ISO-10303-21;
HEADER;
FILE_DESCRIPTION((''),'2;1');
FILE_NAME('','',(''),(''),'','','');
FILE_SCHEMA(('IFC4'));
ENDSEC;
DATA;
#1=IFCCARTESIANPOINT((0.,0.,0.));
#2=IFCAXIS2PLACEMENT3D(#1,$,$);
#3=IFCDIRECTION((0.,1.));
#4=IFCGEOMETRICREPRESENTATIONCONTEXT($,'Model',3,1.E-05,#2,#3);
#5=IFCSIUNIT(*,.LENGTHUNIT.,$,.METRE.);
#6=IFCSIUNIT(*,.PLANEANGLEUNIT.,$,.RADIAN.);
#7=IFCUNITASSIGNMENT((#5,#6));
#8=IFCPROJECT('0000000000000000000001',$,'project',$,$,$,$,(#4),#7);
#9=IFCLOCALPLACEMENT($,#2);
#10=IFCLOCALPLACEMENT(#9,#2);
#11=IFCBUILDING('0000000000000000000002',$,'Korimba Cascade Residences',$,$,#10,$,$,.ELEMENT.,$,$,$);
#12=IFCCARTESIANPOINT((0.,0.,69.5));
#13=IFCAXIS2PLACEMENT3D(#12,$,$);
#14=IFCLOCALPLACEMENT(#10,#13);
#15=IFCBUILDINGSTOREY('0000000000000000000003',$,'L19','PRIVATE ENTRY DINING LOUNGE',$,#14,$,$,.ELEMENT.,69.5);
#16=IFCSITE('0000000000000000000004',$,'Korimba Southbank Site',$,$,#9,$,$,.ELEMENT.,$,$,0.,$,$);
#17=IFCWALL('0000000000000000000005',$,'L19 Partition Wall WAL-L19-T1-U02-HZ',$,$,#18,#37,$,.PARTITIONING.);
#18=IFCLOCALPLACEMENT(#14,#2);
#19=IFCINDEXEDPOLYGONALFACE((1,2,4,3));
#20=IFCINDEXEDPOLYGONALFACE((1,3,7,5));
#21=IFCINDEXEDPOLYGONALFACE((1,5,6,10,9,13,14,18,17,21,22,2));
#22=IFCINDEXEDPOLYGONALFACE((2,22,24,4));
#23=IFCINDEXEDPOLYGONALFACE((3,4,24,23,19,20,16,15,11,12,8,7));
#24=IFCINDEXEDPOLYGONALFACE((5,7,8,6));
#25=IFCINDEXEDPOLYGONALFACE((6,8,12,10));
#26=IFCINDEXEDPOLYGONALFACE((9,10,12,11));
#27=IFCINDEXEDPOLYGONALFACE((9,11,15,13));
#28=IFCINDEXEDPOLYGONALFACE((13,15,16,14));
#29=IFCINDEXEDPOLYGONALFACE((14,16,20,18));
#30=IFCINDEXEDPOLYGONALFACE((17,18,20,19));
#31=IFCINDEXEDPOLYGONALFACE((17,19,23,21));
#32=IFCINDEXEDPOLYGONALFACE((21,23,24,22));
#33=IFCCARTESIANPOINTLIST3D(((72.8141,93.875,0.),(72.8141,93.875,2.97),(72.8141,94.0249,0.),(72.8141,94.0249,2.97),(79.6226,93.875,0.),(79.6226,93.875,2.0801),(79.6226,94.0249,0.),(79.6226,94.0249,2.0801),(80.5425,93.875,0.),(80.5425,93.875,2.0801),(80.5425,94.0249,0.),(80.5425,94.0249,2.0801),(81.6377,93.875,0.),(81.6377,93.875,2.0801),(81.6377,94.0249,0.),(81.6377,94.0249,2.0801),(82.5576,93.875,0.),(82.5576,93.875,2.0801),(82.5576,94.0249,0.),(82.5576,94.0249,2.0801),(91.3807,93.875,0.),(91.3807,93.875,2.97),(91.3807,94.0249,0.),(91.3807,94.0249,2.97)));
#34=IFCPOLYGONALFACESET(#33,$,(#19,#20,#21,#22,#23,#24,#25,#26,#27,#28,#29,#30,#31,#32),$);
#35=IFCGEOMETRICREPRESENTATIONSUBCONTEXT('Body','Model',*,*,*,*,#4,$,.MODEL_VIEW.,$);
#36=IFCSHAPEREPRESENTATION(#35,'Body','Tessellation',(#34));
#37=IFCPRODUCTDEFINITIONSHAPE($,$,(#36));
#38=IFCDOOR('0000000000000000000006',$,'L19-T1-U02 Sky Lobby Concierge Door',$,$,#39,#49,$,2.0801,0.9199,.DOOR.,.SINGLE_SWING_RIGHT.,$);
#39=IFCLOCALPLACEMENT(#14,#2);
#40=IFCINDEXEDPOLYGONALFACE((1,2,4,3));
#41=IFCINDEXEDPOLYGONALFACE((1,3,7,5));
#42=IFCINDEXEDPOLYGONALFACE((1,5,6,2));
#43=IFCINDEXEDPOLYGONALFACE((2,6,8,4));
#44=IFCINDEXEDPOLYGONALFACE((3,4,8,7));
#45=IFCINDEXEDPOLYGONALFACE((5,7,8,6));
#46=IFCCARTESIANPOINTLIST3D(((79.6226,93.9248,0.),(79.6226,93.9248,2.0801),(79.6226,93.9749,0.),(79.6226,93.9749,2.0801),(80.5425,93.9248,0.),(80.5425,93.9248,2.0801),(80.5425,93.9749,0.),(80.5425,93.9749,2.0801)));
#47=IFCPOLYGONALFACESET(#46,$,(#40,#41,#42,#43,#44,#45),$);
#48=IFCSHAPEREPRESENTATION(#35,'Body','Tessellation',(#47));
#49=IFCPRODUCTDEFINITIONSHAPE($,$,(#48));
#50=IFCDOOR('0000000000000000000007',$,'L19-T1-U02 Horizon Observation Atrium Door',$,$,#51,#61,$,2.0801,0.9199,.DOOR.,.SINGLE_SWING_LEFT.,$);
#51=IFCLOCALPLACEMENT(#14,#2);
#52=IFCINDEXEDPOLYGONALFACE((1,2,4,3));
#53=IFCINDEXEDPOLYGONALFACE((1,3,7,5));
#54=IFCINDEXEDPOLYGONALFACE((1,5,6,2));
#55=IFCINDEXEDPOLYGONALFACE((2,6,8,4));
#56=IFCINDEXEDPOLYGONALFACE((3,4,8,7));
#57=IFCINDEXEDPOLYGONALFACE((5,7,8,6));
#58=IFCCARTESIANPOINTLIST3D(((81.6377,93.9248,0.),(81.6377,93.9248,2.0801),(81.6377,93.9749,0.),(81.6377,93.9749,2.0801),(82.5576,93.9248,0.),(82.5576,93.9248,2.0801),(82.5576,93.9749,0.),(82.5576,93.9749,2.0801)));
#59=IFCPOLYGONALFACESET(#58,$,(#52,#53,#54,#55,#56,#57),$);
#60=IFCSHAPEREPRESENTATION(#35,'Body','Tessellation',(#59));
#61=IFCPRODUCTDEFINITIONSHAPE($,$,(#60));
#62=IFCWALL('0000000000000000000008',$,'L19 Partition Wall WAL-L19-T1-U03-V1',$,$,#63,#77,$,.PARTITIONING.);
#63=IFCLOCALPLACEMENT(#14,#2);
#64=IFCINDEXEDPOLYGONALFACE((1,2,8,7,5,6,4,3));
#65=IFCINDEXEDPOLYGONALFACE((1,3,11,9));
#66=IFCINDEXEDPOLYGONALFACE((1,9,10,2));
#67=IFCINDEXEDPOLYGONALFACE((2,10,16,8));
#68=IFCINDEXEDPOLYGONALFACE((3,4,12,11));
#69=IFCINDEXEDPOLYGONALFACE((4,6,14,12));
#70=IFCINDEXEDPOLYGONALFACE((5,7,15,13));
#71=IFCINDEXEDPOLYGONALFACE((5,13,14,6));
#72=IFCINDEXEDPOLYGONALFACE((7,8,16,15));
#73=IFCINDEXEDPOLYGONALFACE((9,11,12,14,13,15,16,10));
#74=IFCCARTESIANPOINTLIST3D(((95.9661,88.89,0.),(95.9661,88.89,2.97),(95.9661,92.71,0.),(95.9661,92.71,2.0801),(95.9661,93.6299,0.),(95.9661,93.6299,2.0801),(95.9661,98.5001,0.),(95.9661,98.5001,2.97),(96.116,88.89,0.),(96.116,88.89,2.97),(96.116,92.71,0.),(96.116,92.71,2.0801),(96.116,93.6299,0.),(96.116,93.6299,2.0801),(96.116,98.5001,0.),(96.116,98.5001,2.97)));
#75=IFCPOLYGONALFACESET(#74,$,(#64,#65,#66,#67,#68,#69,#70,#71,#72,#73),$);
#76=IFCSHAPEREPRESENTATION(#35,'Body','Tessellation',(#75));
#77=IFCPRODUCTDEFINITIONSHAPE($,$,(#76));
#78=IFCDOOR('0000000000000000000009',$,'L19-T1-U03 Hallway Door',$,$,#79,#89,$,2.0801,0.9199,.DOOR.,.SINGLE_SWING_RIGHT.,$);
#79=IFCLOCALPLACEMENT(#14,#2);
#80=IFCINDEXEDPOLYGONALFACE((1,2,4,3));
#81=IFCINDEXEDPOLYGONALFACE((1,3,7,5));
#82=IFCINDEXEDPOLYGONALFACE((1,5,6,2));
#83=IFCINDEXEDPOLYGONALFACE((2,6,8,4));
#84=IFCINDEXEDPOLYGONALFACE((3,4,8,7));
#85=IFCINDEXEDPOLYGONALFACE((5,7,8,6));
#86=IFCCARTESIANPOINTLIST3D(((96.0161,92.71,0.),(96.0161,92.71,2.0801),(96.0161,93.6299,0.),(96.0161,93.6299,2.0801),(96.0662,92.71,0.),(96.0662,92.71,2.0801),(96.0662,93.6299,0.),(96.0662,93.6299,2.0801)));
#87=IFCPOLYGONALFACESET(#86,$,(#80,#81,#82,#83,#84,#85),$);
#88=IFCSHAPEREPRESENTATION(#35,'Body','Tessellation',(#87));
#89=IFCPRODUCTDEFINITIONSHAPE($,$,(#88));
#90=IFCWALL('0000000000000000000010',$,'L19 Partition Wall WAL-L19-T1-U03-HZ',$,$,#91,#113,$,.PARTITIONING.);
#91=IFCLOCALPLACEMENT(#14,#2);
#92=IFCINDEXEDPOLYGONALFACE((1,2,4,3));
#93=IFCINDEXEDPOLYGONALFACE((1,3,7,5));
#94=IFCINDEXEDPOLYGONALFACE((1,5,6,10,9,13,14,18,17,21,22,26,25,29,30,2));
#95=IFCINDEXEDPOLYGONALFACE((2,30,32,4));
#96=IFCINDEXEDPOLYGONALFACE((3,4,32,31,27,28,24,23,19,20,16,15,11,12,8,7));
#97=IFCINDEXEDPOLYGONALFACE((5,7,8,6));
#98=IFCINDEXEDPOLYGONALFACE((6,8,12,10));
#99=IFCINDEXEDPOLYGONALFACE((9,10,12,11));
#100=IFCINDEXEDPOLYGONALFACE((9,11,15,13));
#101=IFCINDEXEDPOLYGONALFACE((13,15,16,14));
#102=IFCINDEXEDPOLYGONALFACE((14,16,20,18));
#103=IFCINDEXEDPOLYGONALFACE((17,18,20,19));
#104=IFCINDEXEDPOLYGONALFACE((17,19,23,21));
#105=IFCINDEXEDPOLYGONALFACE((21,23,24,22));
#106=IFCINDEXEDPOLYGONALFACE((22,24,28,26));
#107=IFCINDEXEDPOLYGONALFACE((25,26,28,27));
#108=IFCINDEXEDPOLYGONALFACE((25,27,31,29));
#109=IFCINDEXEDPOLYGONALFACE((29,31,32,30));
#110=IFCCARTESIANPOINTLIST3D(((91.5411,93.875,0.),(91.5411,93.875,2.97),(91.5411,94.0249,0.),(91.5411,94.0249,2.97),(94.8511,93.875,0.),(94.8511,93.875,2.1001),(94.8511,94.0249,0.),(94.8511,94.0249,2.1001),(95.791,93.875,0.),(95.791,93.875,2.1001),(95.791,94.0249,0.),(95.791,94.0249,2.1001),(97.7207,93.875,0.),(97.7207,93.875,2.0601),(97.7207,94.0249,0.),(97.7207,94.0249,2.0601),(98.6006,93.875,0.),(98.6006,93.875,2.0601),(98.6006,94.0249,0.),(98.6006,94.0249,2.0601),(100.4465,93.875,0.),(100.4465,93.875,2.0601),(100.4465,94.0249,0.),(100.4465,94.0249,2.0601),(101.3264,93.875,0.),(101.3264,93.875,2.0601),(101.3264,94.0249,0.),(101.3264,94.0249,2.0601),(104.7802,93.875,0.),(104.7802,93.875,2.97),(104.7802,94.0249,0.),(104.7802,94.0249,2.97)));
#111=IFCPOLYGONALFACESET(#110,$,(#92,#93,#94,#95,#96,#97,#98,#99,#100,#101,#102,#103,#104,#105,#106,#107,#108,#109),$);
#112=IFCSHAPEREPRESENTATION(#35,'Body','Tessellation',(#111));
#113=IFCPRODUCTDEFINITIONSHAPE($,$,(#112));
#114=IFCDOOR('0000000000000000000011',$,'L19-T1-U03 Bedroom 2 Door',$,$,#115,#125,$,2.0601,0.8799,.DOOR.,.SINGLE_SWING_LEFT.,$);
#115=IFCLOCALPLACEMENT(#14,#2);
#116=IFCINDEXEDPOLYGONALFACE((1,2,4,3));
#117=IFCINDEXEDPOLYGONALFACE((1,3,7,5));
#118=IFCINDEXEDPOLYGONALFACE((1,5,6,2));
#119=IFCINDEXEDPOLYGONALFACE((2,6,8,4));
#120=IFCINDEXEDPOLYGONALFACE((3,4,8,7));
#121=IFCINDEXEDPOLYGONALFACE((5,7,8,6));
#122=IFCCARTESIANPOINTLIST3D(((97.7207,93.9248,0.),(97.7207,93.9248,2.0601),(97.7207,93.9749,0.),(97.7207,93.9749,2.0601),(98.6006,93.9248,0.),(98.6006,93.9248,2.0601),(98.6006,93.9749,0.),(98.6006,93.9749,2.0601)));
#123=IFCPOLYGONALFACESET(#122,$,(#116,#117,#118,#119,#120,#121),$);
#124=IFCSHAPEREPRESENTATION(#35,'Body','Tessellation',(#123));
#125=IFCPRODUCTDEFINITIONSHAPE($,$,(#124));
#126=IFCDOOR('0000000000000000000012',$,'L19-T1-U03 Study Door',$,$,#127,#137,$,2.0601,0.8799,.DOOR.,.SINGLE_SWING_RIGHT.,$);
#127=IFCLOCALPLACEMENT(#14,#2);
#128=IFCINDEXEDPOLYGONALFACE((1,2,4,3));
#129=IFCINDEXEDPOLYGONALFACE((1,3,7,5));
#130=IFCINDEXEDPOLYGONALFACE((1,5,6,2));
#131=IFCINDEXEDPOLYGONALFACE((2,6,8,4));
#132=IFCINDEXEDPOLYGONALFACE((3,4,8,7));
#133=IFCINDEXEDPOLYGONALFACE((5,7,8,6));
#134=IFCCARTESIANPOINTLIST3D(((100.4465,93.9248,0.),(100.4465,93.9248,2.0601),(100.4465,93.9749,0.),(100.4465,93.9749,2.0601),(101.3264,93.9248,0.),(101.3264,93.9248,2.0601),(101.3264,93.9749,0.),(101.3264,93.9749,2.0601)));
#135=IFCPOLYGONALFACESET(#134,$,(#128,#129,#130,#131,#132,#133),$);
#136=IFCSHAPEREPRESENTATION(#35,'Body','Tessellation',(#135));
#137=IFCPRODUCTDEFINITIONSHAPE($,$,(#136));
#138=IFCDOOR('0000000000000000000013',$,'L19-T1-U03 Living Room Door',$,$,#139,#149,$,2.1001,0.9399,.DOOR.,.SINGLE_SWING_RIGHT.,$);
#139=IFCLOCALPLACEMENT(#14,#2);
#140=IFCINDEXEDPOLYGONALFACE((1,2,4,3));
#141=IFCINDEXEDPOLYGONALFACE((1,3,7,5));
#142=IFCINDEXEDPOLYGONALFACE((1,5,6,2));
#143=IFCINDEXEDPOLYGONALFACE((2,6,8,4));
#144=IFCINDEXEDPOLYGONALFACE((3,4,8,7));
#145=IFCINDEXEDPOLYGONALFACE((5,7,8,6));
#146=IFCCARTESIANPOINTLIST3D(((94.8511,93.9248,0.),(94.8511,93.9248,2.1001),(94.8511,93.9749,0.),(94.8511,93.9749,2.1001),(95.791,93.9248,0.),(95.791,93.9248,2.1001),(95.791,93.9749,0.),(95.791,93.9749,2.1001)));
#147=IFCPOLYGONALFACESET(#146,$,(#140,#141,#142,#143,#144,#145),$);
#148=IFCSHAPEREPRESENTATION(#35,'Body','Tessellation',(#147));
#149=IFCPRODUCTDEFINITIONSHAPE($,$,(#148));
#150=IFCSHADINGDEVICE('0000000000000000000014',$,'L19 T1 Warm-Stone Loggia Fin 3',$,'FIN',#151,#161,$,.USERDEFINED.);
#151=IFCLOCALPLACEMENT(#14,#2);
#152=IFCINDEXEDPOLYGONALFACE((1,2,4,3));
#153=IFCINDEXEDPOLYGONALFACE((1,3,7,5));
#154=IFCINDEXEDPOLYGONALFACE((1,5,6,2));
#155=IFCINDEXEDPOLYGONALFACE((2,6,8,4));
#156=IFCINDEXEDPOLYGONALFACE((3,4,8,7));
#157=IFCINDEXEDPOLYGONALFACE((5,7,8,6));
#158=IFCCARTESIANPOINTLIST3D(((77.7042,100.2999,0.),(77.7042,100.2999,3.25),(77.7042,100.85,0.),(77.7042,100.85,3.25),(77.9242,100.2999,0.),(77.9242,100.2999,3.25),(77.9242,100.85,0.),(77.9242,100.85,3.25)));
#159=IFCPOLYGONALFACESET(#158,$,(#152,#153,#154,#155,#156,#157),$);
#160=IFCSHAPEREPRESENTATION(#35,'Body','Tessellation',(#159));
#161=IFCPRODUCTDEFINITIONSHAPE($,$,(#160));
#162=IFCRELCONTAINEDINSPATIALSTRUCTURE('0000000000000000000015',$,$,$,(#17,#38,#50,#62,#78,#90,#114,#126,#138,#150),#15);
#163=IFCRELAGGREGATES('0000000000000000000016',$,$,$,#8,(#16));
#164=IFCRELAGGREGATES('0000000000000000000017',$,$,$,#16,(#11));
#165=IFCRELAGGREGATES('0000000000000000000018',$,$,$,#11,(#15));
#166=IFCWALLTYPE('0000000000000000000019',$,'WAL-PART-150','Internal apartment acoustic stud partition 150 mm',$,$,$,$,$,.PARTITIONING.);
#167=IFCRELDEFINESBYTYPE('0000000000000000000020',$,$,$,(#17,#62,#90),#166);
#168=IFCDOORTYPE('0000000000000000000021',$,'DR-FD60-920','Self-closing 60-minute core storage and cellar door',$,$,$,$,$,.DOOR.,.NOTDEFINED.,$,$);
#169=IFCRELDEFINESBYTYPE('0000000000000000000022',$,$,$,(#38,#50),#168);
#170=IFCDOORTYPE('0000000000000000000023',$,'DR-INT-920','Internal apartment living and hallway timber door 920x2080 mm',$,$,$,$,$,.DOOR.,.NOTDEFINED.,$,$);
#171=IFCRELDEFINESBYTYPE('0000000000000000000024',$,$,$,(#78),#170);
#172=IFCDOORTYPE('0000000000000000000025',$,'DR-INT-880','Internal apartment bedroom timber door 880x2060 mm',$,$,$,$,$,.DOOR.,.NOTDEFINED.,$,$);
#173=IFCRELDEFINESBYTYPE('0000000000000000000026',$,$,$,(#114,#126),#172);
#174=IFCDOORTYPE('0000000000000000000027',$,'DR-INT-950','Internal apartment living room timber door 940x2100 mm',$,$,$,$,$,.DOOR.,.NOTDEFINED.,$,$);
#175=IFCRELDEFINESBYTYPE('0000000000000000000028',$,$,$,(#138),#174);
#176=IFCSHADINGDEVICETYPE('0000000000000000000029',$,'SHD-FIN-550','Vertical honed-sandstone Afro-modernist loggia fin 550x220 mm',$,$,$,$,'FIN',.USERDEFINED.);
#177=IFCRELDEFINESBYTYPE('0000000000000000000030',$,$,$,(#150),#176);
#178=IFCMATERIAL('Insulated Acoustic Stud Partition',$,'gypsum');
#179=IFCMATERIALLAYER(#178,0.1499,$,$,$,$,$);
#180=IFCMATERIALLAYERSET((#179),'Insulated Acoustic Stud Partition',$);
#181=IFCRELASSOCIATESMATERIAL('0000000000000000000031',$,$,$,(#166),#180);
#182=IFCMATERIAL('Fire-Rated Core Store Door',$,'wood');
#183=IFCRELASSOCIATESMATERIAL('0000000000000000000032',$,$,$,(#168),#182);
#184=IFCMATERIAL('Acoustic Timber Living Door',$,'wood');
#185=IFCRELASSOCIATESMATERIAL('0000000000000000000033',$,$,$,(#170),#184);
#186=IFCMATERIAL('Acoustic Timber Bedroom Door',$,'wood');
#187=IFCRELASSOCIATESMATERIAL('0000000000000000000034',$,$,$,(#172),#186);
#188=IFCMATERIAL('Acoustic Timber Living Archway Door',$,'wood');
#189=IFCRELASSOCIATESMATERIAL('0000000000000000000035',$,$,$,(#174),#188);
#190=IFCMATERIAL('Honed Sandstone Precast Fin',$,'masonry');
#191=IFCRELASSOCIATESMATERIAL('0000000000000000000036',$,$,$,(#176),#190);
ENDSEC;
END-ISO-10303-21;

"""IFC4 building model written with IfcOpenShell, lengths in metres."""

from ifc_helpers import new_model, si_unit, direction, frame, frame_2d, origin, origin_2d, place, context, subcontext, project, spatial, rectangle, extrude, material, layer, layer_set, type_object, element, fill, save


model = new_model("IFC4")

# Units and contexts
model_context = context("Model", 3, precision=1e-05, world=origin(), true_north=direction((0.0, 1.0)))
body_context = subcontext(model_context, "Body", "Model", "MODEL_VIEW")
ifc_project = project(units=[si_unit("LENGTHUNIT", "METRE"), si_unit("PLANEANGLEUNIT", "RADIAN")], contexts=[model_context])

# Site, building, storey
site_placement = place(None, origin())
site = spatial("IfcSite", under=ifc_project, at=site_placement, Name="Korimba Southbank Site", CompositionType="ELEMENT", RefElevation=0.0)
building_placement = place(site_placement, origin())
building = spatial("IfcBuilding", under=site, at=building_placement, Name="Korimba Cascade Residences", CompositionType="ELEMENT")
storey_placement = place(building_placement, frame((0.0, 0.0, 69.5)))
storey = spatial("IfcBuildingStorey", under=building, at=storey_placement, Name="L19", Description="PRIVATE ENTRY DINING LOUNGE", CompositionType="ELEMENT", Elevation=69.5)

# Shared definitions
ifc_material_1 = material(Name="Insulated Acoustic Stud Partition", Category="gypsum")
ifc_layer = layer(ifc_material_1, 0.1499)
ifc_layer_set = layer_set([ifc_layer], Name="Insulated Acoustic Stud Partition")
wall_type = type_object("IfcWallType", Name="WAL-PART-150", Description="Internal apartment acoustic stud partition 150 mm", PredefinedType="PARTITIONING", material=ifc_layer_set)

# Wall, openings, doors
wall_1_placement = place(storey_placement, frame((72.8142, 93.95, 0.0), z_axis=(0.0, 0.0, 1.0), x_axis=(1.0, 0.0, 0.0)))
wall_1 = element("IfcWall", 1, at=wall_1_placement, inside=storey, type_object=wall_type, Name="L19 Partition Wall WAL-L19-T1-U02-HZ", PredefinedType="PARTITIONING", context=body_context, shape_type="SweptSolid", body=[
    extrude(rectangle(XDim=18.5667, YDim=0.1499, at=frame_2d((9.2832, 0.0))), origin(), (0.0, 0.0, 1.0), 2.97),
])
opening_1_placement = place(wall_1_placement, frame((6.8083, 0.0, 0.0)))
opening_1 = element("IfcOpeningElement", 2, at=opening_1_placement, cuts=wall_1, PredefinedType="OPENING", context=body_context, shape_type="SweptSolid", body=[
    extrude(rectangle(XDim=0.9199, YDim=2.0801, at=frame_2d((0.46, 1.04))), frame((0.0, 0.085, 0.0), z_axis=(0.0, -1.0, 0.0), x_axis=(1.0, 0.0, 0.0)), (0.0, 0.0, 1.0), 0.1699),
])
opening_2_placement = place(wall_1_placement, frame((8.8235, 0.0, 0.0)))
opening_2 = element("IfcOpeningElement", 3, at=opening_2_placement, cuts=wall_1, PredefinedType="OPENING", context=body_context, shape_type="SweptSolid", body=[
    extrude(rectangle(XDim=0.9199, YDim=2.0801, at=frame_2d((0.46, 1.04))), frame((0.0, 0.085, 0.0), z_axis=(0.0, -1.0, 0.0), x_axis=(1.0, 0.0, 0.0)), (0.0, 0.0, 1.0), 0.1699),
])
ifc_material_2 = material(Name="Fire-Rated Core Store Door", Category="wood")
door_type_1 = type_object("IfcDoorType", Name="DR-FD60-920", Description="Self-closing 60-minute core storage and cellar door", OperationType="NOTDEFINED", PredefinedType="DOOR", material=ifc_material_2)
door_1_placement = place(opening_1_placement, origin())
door_1 = element("IfcDoor", 4, at=door_1_placement, inside=storey, type_object=door_type_1, Name="L19-T1-U02 Sky Lobby Concierge Door", OperationType="SINGLE_SWING_RIGHT", OverallHeight=2.0801, OverallWidth=0.9199, PredefinedType="DOOR", context=body_context, shape_type="SweptSolid", body=[
    extrude(rectangle(XDim=0.9199, YDim=2.0801, at=frame_2d((0.46, 1.04))), frame((0.0, 0.0249, 0.0), z_axis=(0.0, -1.0, 0.0), x_axis=(1.0, 0.0, 0.0)), (0.0, 0.0, 1.0), 0.05),
])
fill(opening_1, door_1)
door_2_placement = place(opening_2_placement, origin())
door_2 = element("IfcDoor", 5, at=door_2_placement, inside=storey, type_object=door_type_1, Name="L19-T1-U02 Horizon Observation Atrium Door", OperationType="SINGLE_SWING_LEFT", OverallHeight=2.0801, OverallWidth=0.9199, PredefinedType="DOOR", context=body_context, shape_type="SweptSolid", body=[
    extrude(rectangle(XDim=0.9199, YDim=2.0801, at=frame_2d((0.46, 1.04))), frame((0.0, 0.0249, 0.0), z_axis=(0.0, -1.0, 0.0), x_axis=(1.0, 0.0, 0.0)), (0.0, 0.0, 1.0), 0.05),
])
fill(opening_2, door_2)

# Wall, opening, door
wall_2_placement = place(storey_placement, frame((96.041, 88.8899, 0.0), z_axis=(0.0, 0.0, 1.0), x_axis=(0.0, 1.0, 0.0)))
wall_2 = element("IfcWall", 6, at=wall_2_placement, inside=storey, type_object=wall_type, Name="L19 Partition Wall WAL-L19-T1-U03-V1", PredefinedType="PARTITIONING", context=body_context, shape_type="SweptSolid", body=[
    extrude(rectangle(XDim=9.6101, YDim=0.1499, at=frame_2d((4.8052, 0.0))), origin(), (0.0, 0.0, 1.0), 2.97),
])
opening_3_placement = place(wall_2_placement, frame((3.8201, 0.0, 0.0)))
opening_3 = element("IfcOpeningElement", 7, at=opening_3_placement, cuts=wall_2, PredefinedType="OPENING", context=body_context, shape_type="SweptSolid", body=[
    extrude(rectangle(XDim=0.9199, YDim=2.0801, at=frame_2d((0.46, 1.04))), frame((0.0, 0.085, 0.0), z_axis=(0.0, -1.0, 0.0), x_axis=(1.0, 0.0, 0.0)), (0.0, 0.0, 1.0), 0.1699),
])
ifc_material_3 = material(Name="Acoustic Timber Living Door", Category="wood")
door_type_2 = type_object("IfcDoorType", Name="DR-INT-920", Description="Internal apartment living and hallway timber door 920x2080 mm", OperationType="NOTDEFINED", PredefinedType="DOOR", material=ifc_material_3)
door_3_placement = place(opening_3_placement, origin())
door_3 = element("IfcDoor", 8, at=door_3_placement, inside=storey, type_object=door_type_2, Name="L19-T1-U03 Hallway Door", OperationType="SINGLE_SWING_RIGHT", OverallHeight=2.0801, OverallWidth=0.9199, PredefinedType="DOOR", context=body_context, shape_type="SweptSolid", body=[
    extrude(rectangle(XDim=0.9199, YDim=2.0801, at=frame_2d((0.46, 1.04))), frame((0.0, 0.0249, 0.0), z_axis=(0.0, -1.0, 0.0), x_axis=(1.0, 0.0, 0.0)), (0.0, 0.0, 1.0), 0.05),
])
fill(opening_3, door_3)

# Wall, openings, doors
wall_3_placement = place(storey_placement, frame((91.541, 93.95, 0.0), z_axis=(0.0, 0.0, 1.0), x_axis=(1.0, 0.0, 0.0)))
wall_3 = element("IfcWall", 9, at=wall_3_placement, inside=storey, type_object=wall_type, Name="L19 Partition Wall WAL-L19-T1-U03-HZ", PredefinedType="PARTITIONING", context=body_context, shape_type="SweptSolid", body=[
    extrude(rectangle(XDim=13.239, YDim=0.1499, at=frame_2d((6.6196, 0.0))), origin(), (0.0, 0.0, 1.0), 2.97),
])
opening_4_placement = place(wall_3_placement, frame((3.3101, 0.0, 0.0)))
opening_4 = element("IfcOpeningElement", 10, at=opening_4_placement, cuts=wall_3, PredefinedType="OPENING", context=body_context, shape_type="SweptSolid", body=[
    extrude(rectangle(XDim=0.9399, YDim=2.1001, at=frame_2d((0.47, 1.05))), frame((0.0, 0.085, 0.0), z_axis=(0.0, -1.0, 0.0), x_axis=(1.0, 0.0, 0.0)), (0.0, 0.0, 1.0), 0.1699),
])
opening_5_placement = place(wall_3_placement, frame((6.1797, 0.0, 0.0)))
opening_5 = element("IfcOpeningElement", 11, at=opening_5_placement, cuts=wall_3, PredefinedType="OPENING", context=body_context, shape_type="SweptSolid", body=[
    extrude(rectangle(XDim=0.8799, YDim=2.0601, at=frame_2d((0.4399, 1.03))), frame((0.0, 0.085, 0.0), z_axis=(0.0, -1.0, 0.0), x_axis=(1.0, 0.0, 0.0)), (0.0, 0.0, 1.0), 0.1699),
])
opening_6_placement = place(wall_3_placement, frame((8.9055, 0.0, 0.0)))
opening_6 = element("IfcOpeningElement", 12, at=opening_6_placement, cuts=wall_3, PredefinedType="OPENING", context=body_context, shape_type="SweptSolid", body=[
    extrude(rectangle(XDim=0.8799, YDim=2.0601, at=frame_2d((0.4399, 1.03))), frame((0.0, 0.085, 0.0), z_axis=(0.0, -1.0, 0.0), x_axis=(1.0, 0.0, 0.0)), (0.0, 0.0, 1.0), 0.1699),
])
ifc_material_4 = material(Name="Acoustic Timber Bedroom Door", Category="wood")
door_type_3 = type_object("IfcDoorType", Name="DR-INT-880", Description="Internal apartment bedroom timber door 880x2060 mm", OperationType="NOTDEFINED", PredefinedType="DOOR", material=ifc_material_4)
door_4_placement = place(opening_5_placement, origin())
door_4 = element("IfcDoor", 13, at=door_4_placement, inside=storey, type_object=door_type_3, Name="L19-T1-U03 Bedroom 2 Door", OperationType="SINGLE_SWING_LEFT", OverallHeight=2.0601, OverallWidth=0.8799, PredefinedType="DOOR", context=body_context, shape_type="SweptSolid", body=[
    extrude(rectangle(XDim=0.8799, YDim=2.0601, at=frame_2d((0.4399, 1.03))), frame((0.0, 0.0249, 0.0), z_axis=(0.0, -1.0, 0.0), x_axis=(1.0, 0.0, 0.0)), (0.0, 0.0, 1.0), 0.05),
])
fill(opening_5, door_4)
door_5_placement = place(opening_6_placement, origin())
door_5 = element("IfcDoor", 14, at=door_5_placement, inside=storey, type_object=door_type_3, Name="L19-T1-U03 Study Door", OperationType="SINGLE_SWING_RIGHT", OverallHeight=2.0601, OverallWidth=0.8799, PredefinedType="DOOR", context=body_context, shape_type="SweptSolid", body=[
    extrude(rectangle(XDim=0.8799, YDim=2.0601, at=frame_2d((0.4399, 1.03))), frame((0.0, 0.0249, 0.0), z_axis=(0.0, -1.0, 0.0), x_axis=(1.0, 0.0, 0.0)), (0.0, 0.0, 1.0), 0.05),
])
fill(opening_6, door_5)
ifc_material_5 = material(Name="Acoustic Timber Living Archway Door", Category="wood")
door_type_4 = type_object("IfcDoorType", Name="DR-INT-950", Description="Internal apartment living room timber door 940x2100 mm", OperationType="NOTDEFINED", PredefinedType="DOOR", material=ifc_material_5)
door_6_placement = place(opening_4_placement, origin())
door_6 = element("IfcDoor", 15, at=door_6_placement, inside=storey, type_object=door_type_4, Name="L19-T1-U03 Living Room Door", OperationType="SINGLE_SWING_RIGHT", OverallHeight=2.1001, OverallWidth=0.9399, PredefinedType="DOOR", context=body_context, shape_type="SweptSolid", body=[
    extrude(rectangle(XDim=0.9399, YDim=2.1001, at=frame_2d((0.47, 1.05))), frame((0.0, 0.0249, 0.0), z_axis=(0.0, -1.0, 0.0), x_axis=(1.0, 0.0, 0.0)), (0.0, 0.0, 1.0), 0.05),
])
fill(opening_4, door_6)

# Shading device
ifc_material_6 = material(Name="Honed Sandstone Precast Fin", Category="masonry")
shading_device_type = type_object("IfcShadingDeviceType", Name="SHD-FIN-550", Description="Vertical honed-sandstone Afro-modernist loggia fin 550x220 mm", ElementType="FIN", PredefinedType="USERDEFINED", material=ifc_material_6)
for number, where, z_axis, x_axis, name in (
    (16, (77.8142, 100.575, 0.0), (0.0, 0.0, 1.0), (1.0, 0.0, 0.0), "L19 T1 Warm-Stone Loggia Fin 3"),
):
    element("IfcShadingDevice", number, at=place(storey_placement, frame(where, z_axis=z_axis, x_axis=x_axis)), inside=storey, type_object=shading_device_type, Name=name, ObjectType="FIN", PredefinedType="USERDEFINED", context=body_context, shape_type="SweptSolid", body=[
        extrude(rectangle(XDim=0.22, YDim=0.55, at=origin_2d()), origin(), (0.0, 0.0, 1.0), 3.25),
    ])

save(model, "model.ifc")
